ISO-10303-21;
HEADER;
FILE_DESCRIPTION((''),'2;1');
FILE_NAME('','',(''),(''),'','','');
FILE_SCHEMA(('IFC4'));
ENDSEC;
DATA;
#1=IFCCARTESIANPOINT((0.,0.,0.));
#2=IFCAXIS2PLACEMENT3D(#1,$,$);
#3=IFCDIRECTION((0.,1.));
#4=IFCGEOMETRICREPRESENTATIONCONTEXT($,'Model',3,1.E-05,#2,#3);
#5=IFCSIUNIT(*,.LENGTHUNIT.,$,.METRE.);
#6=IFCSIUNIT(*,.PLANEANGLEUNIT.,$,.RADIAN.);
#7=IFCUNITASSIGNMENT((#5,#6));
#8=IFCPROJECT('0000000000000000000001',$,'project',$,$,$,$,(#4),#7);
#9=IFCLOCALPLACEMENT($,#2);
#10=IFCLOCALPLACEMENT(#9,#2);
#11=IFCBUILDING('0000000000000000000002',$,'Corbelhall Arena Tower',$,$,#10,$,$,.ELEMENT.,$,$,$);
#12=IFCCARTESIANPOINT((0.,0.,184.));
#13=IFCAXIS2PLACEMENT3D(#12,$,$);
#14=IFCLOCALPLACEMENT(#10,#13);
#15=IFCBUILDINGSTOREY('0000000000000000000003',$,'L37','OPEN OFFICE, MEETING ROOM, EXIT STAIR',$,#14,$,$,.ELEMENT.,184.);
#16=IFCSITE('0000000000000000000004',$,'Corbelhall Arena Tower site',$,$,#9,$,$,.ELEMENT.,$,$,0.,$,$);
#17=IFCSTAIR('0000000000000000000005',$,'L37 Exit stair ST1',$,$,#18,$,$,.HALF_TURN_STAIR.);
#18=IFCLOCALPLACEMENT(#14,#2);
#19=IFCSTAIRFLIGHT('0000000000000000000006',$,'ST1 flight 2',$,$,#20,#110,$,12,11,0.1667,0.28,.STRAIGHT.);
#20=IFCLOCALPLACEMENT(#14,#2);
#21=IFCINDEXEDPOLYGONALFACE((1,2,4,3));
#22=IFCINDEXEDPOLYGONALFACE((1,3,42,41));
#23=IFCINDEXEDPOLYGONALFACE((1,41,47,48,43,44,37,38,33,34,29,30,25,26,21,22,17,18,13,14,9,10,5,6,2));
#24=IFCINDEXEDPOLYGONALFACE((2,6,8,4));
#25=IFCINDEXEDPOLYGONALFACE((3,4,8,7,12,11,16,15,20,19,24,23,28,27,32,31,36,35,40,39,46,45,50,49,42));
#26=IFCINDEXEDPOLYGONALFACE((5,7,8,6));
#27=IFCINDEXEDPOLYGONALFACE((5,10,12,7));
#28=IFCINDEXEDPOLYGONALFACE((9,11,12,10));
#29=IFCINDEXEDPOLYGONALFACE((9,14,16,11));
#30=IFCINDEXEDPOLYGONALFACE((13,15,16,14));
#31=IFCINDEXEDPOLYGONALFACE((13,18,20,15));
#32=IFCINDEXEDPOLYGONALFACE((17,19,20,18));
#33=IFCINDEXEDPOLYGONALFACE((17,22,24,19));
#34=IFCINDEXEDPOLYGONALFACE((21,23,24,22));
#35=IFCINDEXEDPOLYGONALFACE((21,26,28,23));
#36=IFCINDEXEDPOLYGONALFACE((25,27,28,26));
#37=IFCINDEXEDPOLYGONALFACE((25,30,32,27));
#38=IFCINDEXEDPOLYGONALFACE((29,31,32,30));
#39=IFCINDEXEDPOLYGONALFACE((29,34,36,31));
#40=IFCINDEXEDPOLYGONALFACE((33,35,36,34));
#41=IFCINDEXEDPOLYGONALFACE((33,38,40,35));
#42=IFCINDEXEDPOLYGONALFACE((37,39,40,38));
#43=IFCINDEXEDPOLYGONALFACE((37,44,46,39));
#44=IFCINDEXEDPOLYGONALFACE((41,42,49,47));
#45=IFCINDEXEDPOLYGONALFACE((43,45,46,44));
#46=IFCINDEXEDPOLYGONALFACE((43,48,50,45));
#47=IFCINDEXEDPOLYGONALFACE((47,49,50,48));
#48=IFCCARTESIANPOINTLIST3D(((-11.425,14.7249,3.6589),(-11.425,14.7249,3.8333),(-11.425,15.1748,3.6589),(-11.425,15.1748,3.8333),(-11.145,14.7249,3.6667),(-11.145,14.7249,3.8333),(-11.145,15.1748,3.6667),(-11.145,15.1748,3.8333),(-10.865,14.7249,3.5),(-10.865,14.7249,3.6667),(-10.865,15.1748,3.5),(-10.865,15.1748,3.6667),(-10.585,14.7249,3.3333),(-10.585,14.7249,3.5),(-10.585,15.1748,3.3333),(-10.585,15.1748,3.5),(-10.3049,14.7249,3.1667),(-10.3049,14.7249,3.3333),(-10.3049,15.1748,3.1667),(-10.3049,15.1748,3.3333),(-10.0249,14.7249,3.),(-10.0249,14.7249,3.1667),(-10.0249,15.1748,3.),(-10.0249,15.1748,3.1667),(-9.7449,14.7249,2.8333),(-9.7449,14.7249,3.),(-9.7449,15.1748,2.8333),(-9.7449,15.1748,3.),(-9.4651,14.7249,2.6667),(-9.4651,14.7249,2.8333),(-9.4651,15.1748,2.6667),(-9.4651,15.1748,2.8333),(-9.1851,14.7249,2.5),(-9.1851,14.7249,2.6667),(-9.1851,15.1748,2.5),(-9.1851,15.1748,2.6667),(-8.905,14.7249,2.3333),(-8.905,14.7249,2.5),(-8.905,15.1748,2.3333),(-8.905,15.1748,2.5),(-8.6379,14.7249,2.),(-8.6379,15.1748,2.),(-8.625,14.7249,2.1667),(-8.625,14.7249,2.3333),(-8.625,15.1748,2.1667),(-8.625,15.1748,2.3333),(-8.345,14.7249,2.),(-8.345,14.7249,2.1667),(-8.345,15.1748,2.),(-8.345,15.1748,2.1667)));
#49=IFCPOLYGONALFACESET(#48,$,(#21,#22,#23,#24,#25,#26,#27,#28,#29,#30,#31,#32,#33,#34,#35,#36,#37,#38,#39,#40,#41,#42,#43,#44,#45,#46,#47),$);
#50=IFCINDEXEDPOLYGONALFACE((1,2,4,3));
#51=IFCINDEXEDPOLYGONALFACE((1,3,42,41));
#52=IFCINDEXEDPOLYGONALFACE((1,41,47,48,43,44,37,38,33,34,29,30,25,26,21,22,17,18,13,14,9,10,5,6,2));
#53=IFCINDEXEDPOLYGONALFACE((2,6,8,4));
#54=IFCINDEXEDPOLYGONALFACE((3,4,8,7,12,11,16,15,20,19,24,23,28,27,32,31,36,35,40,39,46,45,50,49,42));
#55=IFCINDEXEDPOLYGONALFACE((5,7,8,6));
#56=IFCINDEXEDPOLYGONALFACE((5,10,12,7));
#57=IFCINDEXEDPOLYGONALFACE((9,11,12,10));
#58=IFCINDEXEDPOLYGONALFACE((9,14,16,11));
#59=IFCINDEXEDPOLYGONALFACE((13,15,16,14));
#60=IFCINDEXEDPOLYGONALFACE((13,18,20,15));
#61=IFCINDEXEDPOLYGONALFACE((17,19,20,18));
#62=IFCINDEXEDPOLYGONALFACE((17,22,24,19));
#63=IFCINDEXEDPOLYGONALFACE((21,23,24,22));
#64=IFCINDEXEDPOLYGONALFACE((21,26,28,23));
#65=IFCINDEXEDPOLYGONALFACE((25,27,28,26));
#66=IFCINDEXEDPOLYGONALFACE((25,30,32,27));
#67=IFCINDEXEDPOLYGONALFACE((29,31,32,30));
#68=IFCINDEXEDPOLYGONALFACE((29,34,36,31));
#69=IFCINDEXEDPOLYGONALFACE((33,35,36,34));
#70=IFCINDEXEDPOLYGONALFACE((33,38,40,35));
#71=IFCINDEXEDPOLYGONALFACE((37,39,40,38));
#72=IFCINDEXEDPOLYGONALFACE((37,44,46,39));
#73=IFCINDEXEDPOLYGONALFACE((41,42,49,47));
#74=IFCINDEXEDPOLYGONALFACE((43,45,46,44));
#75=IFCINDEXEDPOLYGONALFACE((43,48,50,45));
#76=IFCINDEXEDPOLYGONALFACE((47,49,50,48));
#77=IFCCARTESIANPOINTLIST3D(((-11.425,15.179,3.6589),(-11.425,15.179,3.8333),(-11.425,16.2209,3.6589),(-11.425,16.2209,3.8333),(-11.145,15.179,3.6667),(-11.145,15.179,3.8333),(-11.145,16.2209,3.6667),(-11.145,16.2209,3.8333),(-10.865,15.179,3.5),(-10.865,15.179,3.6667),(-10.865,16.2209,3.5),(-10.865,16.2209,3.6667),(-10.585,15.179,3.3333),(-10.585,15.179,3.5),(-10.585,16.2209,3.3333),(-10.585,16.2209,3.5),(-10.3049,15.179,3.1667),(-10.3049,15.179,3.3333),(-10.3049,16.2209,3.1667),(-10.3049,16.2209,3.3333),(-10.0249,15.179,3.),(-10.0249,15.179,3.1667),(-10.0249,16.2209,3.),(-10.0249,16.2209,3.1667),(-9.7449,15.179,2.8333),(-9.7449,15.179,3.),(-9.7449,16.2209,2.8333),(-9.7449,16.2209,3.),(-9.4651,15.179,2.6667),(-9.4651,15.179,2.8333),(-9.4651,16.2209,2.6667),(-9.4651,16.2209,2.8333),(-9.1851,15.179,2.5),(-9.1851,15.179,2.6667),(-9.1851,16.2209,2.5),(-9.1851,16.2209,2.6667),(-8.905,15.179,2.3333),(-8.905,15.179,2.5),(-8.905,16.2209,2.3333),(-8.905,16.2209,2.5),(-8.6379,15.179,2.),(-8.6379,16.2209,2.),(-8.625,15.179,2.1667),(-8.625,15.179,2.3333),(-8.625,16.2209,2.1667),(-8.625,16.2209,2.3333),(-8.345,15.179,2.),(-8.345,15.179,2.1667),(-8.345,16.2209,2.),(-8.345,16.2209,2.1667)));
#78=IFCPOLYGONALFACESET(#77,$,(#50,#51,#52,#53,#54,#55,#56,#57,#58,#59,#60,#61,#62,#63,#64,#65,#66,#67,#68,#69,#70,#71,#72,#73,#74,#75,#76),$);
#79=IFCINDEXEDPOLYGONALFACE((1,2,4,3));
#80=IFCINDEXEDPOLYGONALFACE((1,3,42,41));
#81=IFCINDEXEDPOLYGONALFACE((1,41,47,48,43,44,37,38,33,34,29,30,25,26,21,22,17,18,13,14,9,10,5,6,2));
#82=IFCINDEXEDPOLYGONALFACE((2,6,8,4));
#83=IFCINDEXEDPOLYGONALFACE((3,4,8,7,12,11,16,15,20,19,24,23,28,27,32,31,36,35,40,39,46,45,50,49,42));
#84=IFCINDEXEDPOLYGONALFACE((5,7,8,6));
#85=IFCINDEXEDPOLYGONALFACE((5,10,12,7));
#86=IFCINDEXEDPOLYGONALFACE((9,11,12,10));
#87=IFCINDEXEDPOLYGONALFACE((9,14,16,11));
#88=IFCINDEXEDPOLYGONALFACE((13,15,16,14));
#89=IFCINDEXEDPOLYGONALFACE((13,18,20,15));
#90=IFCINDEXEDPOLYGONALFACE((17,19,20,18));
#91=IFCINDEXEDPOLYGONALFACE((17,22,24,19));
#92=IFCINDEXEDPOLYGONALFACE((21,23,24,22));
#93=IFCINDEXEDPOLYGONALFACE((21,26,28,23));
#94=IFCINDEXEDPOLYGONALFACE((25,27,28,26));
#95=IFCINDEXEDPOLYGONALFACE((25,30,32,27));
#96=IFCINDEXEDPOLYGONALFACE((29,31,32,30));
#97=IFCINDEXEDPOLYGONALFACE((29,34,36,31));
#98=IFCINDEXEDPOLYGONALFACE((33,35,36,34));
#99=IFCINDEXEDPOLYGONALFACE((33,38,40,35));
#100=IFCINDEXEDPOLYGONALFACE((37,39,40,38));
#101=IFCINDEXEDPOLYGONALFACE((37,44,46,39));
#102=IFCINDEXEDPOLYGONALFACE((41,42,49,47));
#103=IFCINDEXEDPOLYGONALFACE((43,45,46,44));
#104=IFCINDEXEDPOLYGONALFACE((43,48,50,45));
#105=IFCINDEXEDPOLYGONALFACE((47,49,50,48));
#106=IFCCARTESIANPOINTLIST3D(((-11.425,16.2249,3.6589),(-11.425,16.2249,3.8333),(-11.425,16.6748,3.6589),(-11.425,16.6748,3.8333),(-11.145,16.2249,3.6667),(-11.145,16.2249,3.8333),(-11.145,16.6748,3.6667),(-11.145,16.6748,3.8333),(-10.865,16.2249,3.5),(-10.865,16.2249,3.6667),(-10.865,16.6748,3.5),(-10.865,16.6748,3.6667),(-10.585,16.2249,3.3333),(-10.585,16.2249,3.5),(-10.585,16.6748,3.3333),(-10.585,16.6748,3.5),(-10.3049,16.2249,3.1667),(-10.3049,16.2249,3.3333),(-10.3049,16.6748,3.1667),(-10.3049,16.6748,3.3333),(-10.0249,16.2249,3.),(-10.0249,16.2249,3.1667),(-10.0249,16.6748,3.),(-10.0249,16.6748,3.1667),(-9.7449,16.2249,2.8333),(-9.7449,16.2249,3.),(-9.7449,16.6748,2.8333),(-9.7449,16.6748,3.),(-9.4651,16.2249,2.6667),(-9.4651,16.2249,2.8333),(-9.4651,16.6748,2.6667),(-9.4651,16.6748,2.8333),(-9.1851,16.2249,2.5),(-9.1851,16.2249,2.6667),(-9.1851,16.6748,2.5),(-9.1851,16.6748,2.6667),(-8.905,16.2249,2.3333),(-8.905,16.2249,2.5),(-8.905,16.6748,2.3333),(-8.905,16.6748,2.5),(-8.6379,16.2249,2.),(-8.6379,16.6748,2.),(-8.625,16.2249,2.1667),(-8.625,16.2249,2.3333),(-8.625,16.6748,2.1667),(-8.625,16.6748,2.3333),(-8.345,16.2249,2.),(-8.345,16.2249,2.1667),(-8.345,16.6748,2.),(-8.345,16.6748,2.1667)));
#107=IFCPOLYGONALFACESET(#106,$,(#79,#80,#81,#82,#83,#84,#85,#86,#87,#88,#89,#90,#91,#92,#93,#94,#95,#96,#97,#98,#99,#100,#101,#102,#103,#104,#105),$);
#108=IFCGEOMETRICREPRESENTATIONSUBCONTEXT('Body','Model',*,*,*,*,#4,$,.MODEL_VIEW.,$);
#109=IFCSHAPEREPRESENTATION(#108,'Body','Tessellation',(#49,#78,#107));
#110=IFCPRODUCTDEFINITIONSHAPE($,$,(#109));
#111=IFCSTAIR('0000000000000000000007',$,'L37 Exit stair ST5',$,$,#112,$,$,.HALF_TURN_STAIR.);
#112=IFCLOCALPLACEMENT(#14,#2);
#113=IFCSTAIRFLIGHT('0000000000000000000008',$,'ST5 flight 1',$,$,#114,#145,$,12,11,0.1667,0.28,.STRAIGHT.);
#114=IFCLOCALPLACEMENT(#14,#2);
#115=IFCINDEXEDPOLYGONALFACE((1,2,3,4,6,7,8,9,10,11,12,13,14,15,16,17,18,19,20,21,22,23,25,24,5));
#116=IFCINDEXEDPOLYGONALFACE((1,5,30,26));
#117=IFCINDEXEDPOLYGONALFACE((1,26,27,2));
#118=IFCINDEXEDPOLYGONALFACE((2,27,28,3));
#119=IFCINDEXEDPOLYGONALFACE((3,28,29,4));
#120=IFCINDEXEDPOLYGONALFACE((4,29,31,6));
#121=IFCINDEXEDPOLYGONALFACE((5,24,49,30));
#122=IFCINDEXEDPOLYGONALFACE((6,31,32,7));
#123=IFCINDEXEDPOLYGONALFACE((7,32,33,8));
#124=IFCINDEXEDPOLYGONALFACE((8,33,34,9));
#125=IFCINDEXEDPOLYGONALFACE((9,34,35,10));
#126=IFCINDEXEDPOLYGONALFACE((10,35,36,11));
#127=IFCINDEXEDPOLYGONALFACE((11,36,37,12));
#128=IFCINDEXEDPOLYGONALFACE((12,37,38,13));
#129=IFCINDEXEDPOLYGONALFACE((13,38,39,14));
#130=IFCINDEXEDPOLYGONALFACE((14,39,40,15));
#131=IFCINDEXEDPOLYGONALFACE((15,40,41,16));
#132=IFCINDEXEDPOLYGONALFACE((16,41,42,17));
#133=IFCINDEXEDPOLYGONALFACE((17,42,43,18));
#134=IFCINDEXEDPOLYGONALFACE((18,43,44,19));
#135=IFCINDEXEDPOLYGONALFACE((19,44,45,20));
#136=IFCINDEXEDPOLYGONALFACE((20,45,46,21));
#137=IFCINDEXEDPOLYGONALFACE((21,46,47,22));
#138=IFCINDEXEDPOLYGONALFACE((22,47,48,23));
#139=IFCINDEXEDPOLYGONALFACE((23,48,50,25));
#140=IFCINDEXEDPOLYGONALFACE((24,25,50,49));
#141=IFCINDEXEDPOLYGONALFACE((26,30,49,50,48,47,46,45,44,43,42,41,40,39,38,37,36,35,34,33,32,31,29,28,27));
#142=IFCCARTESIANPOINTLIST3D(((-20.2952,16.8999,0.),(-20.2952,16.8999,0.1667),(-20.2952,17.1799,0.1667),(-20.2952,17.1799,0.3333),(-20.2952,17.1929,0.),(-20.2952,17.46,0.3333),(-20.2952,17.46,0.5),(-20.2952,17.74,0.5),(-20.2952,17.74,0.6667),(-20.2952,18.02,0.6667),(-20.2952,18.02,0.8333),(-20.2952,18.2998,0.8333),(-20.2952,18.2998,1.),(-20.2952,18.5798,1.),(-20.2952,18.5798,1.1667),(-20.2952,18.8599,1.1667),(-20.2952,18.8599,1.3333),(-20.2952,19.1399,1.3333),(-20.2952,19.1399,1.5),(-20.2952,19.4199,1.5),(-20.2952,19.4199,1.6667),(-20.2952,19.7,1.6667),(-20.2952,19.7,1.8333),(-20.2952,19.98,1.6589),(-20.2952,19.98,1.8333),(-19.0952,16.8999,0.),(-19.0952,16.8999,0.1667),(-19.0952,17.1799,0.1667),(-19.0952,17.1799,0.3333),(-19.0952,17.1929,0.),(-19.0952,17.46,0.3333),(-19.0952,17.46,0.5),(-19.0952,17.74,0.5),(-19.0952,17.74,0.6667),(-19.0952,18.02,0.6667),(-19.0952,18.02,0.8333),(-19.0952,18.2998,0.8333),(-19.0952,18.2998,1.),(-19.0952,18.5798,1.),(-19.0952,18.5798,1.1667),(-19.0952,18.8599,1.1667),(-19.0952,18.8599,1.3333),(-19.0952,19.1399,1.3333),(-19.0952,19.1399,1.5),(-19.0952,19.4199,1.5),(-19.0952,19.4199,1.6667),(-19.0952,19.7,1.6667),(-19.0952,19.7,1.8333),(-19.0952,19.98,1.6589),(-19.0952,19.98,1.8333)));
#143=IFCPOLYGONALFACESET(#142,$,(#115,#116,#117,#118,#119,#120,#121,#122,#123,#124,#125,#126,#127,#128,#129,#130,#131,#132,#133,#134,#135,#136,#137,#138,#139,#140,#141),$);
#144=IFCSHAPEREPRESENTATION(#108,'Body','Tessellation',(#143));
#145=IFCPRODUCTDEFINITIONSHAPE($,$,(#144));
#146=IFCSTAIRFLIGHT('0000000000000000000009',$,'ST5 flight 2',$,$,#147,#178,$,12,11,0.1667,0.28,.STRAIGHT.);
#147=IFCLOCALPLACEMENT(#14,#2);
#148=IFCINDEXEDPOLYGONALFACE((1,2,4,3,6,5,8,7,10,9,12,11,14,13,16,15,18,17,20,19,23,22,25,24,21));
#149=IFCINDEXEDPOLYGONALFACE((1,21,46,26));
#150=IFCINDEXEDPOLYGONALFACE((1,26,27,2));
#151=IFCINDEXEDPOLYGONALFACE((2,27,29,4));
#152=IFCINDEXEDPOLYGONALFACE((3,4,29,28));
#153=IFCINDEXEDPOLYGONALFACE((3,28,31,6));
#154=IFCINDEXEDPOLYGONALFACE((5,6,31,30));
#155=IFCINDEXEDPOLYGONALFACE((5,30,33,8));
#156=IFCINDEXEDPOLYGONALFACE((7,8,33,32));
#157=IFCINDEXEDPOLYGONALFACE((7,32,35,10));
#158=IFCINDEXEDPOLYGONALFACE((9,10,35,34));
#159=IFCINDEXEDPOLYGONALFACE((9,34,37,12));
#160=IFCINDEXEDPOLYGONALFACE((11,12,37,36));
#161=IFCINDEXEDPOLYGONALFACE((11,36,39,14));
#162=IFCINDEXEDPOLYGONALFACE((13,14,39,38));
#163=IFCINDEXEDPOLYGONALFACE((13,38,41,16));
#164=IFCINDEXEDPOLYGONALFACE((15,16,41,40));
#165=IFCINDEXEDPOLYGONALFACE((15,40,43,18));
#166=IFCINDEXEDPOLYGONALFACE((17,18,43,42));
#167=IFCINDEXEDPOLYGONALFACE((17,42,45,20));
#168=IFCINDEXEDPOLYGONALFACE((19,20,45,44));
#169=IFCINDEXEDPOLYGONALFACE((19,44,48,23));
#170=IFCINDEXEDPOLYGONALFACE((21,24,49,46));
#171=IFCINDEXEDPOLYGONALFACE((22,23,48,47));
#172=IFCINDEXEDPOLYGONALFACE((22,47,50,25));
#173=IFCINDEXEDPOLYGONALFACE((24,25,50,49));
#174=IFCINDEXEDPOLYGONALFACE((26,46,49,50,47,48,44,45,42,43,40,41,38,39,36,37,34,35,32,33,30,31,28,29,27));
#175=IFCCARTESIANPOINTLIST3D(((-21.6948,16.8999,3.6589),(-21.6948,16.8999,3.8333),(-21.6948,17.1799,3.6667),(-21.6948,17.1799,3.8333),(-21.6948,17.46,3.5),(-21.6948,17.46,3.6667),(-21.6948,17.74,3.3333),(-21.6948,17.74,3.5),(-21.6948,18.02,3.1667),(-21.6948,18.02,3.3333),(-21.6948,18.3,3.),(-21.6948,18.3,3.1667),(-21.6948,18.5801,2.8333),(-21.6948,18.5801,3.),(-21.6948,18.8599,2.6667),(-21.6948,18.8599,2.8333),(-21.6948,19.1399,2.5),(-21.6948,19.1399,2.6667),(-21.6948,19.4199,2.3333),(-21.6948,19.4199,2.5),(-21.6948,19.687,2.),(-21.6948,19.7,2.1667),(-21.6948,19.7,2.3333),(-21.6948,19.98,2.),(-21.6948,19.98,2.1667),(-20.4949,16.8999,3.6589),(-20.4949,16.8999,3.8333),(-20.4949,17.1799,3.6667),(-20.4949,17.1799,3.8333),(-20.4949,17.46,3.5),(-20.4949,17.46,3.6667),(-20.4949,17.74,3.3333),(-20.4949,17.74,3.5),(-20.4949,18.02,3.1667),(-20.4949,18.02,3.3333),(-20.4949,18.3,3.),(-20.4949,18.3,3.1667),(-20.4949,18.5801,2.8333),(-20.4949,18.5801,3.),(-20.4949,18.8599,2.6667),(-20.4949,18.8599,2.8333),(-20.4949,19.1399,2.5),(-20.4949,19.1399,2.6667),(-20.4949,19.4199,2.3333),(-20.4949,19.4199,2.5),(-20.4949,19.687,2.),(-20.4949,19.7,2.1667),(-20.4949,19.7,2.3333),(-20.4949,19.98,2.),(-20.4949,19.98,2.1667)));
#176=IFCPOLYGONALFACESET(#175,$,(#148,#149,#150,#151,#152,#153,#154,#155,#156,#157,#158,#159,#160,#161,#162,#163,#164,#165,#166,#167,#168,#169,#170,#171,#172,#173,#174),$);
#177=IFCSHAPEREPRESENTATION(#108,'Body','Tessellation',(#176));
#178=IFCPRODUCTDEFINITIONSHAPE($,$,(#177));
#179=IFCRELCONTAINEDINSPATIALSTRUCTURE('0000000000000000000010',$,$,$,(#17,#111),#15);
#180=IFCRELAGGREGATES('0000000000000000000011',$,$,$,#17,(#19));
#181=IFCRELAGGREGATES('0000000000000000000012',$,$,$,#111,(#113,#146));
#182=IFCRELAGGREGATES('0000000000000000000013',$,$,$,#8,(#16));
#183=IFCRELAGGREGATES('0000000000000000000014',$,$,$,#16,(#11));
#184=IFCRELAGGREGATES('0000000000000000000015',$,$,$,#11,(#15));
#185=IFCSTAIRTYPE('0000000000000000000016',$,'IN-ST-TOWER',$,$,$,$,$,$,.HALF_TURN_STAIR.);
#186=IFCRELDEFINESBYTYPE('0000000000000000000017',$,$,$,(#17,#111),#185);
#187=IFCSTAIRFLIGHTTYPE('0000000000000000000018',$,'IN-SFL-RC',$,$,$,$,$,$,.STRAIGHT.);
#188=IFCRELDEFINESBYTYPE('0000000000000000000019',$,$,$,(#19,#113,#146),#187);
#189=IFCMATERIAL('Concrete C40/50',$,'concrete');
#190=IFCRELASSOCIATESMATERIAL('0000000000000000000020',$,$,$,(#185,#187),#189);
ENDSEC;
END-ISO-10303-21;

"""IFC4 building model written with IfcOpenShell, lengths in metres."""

from ifc_helpers import new_model, si_unit, direction, frame, origin, place, context, subcontext, project, spatial, polyline, outline, extrude, material, type_object, element, aggregate, save


model = new_model("IFC4")

# Units and contexts
model_context = context("Model", 3, precision=1e-05, world=origin(), true_north=direction((0.0, 1.0)))
body_context = subcontext(model_context, "Body", "Model", "MODEL_VIEW")
ifc_project = project(units=[si_unit("LENGTHUNIT", "METRE"), si_unit("PLANEANGLEUNIT", "RADIAN")], contexts=[model_context])

# Site, building, storey
site_placement = place(None, origin())
site = spatial("IfcSite", under=ifc_project, at=site_placement, Name="Corbelhall Arena Tower site", CompositionType="ELEMENT", RefElevation=0.0)
building_placement = place(site_placement, origin())
building = spatial("IfcBuilding", under=site, at=building_placement, Name="Corbelhall Arena Tower", CompositionType="ELEMENT")
storey_placement = place(building_placement, frame((0.0, 0.0, 184.0)))
storey = spatial("IfcBuildingStorey", under=building, at=storey_placement, Name="L37", Description="OPEN OFFICE, MEETING ROOM, EXIT STAIR", CompositionType="ELEMENT", Elevation=184.0)

# Shared definitions
ifc_material_1 = material(Name="Concrete C40/50", Category="concrete")

# Stair, stair flight
stair_type = type_object("IfcStairType", Name="IN-ST-TOWER", PredefinedType="HALF_TURN_STAIR", material=ifc_material_1)
stair_1_placement = place(storey_placement, origin())
stair_1 = element("IfcStair", 1, at=stair_1_placement, inside=storey, type_object=stair_type, Name="L37 Exit stair ST1", PredefinedType="HALF_TURN_STAIR")
stair_flight_type = type_object("IfcStairFlightType", Name="IN-SFL-RC", PredefinedType="STRAIGHT", material=ifc_material_1)
stair_flight_1_placement = place(storey_placement, frame((-8.345, 15.7, 2.0), z_axis=(0.0, 0.0, 1.0), x_axis=(-1.0, 0.0, 0.0)))
stair_flight_1 = element("IfcStairFlight", 2, at=stair_flight_1_placement, type_object=stair_flight_type, Name="ST1 flight 2", NumberOfRisers=12, NumberOfTreads=11, PredefinedType="STRAIGHT", RiserHeight=0.1667, TreadLength=0.28, context=body_context, shape_type="SweptSolid", body=[
    extrude(outline(polyline([(0.0, 0.0), (0.0, 0.1667), (0.28, 0.1667), (0.28, 0.3333), (0.5601, 0.3333), (0.5601, 0.5), (0.8401, 0.5), (0.8401, 0.6667), (1.1201, 0.6667), (1.1201, 0.8333), (1.3999, 0.8333), (1.3999, 1.0), (1.6799, 1.0), (1.6799, 1.1667), (1.96, 1.1667), (1.96, 1.3333), (2.24, 1.3333), (2.24, 1.5), (2.52, 1.5), (2.52, 1.6667), (2.8, 1.6667), (2.8, 1.8333), (3.0801, 1.8333), (3.0801, 2.0), (3.0801, 1.6589), (0.293, 0.0), (0.0, 0.0)])), frame((0.0, 0.9751, 0.0), z_axis=(0.0, -1.0, 0.0), x_axis=(1.0, 0.0, 0.0)), (0.0, 0.0, 1.0), 0.45),
    extrude(outline(polyline([(0.0, 0.0), (0.0, 0.1667), (0.28, 0.1667), (0.28, 0.3333), (0.5601, 0.3333), (0.5601, 0.5), (0.8401, 0.5), (0.8401, 0.6667), (1.1201, 0.6667), (1.1201, 0.8333), (1.3999, 0.8333), (1.3999, 1.0), (1.6799, 1.0), (1.6799, 1.1667), (1.96, 1.1667), (1.96, 1.3333), (2.24, 1.3333), (2.24, 1.5), (2.52, 1.5), (2.52, 1.6667), (2.8, 1.6667), (2.8, 1.8333), (3.0801, 1.8333), (3.0801, 2.0), (3.0801, 1.6589), (0.293, 0.0), (0.0, 0.0)])), frame((0.0, 0.521, 0.0), z_axis=(0.0, -1.0, 0.0), x_axis=(1.0, 0.0, 0.0)), (0.0, 0.0, 1.0), 1.042),
    extrude(outline(polyline([(0.0, 0.0), (0.0, 0.1667), (0.28, 0.1667), (0.28, 0.3333), (0.5601, 0.3333), (0.5601, 0.5), (0.8401, 0.5), (0.8401, 0.6667), (1.1201, 0.6667), (1.1201, 0.8333), (1.3999, 0.8333), (1.3999, 1.0), (1.6799, 1.0), (1.6799, 1.1667), (1.96, 1.1667), (1.96, 1.3333), (2.24, 1.3333), (2.24, 1.5), (2.52, 1.5), (2.52, 1.6667), (2.8, 1.6667), (2.8, 1.8333), (3.0801, 1.8333), (3.0801, 2.0), (3.0801, 1.6589), (0.293, 0.0), (0.0, 0.0)])), frame((0.0, -0.5249, 0.0), z_axis=(0.0, -1.0, 0.0), x_axis=(1.0, 0.0, 0.0)), (0.0, 0.0, 1.0), 0.45),
])
aggregate(stair_1, [stair_flight_1])

# Stair, stair flights
stair_2_placement = place(storey_placement, origin())
stair_2 = element("IfcStair", 3, at=stair_2_placement, inside=storey, type_object=stair_type, Name="L37 Exit stair ST5", PredefinedType="HALF_TURN_STAIR")
stair_flight_2_placement = place(storey_placement, frame((-19.6951, 16.8999, 0.0), z_axis=(0.0, 0.0, 1.0), x_axis=(0.0, 1.0, 0.0)))
stair_flight_2 = element("IfcStairFlight", 4, at=stair_flight_2_placement, type_object=stair_flight_type, Name="ST5 flight 1", NumberOfRisers=12, NumberOfTreads=11, PredefinedType="STRAIGHT", RiserHeight=0.1667, TreadLength=0.28, context=body_context, shape_type="SweptSolid", body=[
    extrude(outline(polyline([(0.0, 0.0), (0.0, 0.1667), (0.28, 0.1667), (0.28, 0.3333), (0.5601, 0.3333), (0.5601, 0.5), (0.8401, 0.5), (0.8401, 0.6667), (1.1201, 0.6667), (1.1201, 0.8333), (1.3999, 0.8333), (1.3999, 1.0), (1.6799, 1.0), (1.6799, 1.1667), (1.96, 1.1667), (1.96, 1.3333), (2.24, 1.3333), (2.24, 1.5), (2.52, 1.5), (2.52, 1.6667), (2.8, 1.6667), (2.8, 1.8333), (3.0801, 1.8333), (3.0801, 2.0), (3.0801, 1.6589), (0.293, 0.0), (0.0, 0.0)])), frame((0.0, 0.6001, 0.0), z_axis=(0.0, -1.0, 0.0), x_axis=(1.0, 0.0, 0.0)), (0.0, 0.0, 1.0), 1.2),
])
stair_flight_3_placement = place(storey_placement, frame((-21.095, 19.98, 2.0), z_axis=(0.0, 0.0, 1.0), x_axis=(0.0, -1.0, 0.0)))
stair_flight_3 = element("IfcStairFlight", 5, at=stair_flight_3_placement, type_object=stair_flight_type, Name="ST5 flight 2", NumberOfRisers=12, NumberOfTreads=11, PredefinedType="STRAIGHT", RiserHeight=0.1667, TreadLength=0.28, context=body_context, shape_type="SweptSolid", body=[
    extrude(outline(polyline([(0.0, 0.0), (0.0, 0.1667), (0.28, 0.1667), (0.28, 0.3333), (0.5601, 0.3333), (0.5601, 0.5), (0.8401, 0.5), (0.8401, 0.6667), (1.1201, 0.6667), (1.1201, 0.8333), (1.3999, 0.8333), (1.3999, 1.0), (1.6799, 1.0), (1.6799, 1.1667), (1.96, 1.1667), (1.96, 1.3333), (2.24, 1.3333), (2.24, 1.5), (2.52, 1.5), (2.52, 1.6667), (2.8, 1.6667), (2.8, 1.8333), (3.0801, 1.8333), (3.0801, 2.0), (3.0801, 1.6589), (0.293, 0.0), (0.0, 0.0)])), frame((0.0, 0.6001, 0.0), z_axis=(0.0, -1.0, 0.0), x_axis=(1.0, 0.0, 0.0)), (0.0, 0.0, 1.0), 1.2),
])
aggregate(stair_2, [stair_flight_2, stair_flight_3])

save(model, "model.ifc")
